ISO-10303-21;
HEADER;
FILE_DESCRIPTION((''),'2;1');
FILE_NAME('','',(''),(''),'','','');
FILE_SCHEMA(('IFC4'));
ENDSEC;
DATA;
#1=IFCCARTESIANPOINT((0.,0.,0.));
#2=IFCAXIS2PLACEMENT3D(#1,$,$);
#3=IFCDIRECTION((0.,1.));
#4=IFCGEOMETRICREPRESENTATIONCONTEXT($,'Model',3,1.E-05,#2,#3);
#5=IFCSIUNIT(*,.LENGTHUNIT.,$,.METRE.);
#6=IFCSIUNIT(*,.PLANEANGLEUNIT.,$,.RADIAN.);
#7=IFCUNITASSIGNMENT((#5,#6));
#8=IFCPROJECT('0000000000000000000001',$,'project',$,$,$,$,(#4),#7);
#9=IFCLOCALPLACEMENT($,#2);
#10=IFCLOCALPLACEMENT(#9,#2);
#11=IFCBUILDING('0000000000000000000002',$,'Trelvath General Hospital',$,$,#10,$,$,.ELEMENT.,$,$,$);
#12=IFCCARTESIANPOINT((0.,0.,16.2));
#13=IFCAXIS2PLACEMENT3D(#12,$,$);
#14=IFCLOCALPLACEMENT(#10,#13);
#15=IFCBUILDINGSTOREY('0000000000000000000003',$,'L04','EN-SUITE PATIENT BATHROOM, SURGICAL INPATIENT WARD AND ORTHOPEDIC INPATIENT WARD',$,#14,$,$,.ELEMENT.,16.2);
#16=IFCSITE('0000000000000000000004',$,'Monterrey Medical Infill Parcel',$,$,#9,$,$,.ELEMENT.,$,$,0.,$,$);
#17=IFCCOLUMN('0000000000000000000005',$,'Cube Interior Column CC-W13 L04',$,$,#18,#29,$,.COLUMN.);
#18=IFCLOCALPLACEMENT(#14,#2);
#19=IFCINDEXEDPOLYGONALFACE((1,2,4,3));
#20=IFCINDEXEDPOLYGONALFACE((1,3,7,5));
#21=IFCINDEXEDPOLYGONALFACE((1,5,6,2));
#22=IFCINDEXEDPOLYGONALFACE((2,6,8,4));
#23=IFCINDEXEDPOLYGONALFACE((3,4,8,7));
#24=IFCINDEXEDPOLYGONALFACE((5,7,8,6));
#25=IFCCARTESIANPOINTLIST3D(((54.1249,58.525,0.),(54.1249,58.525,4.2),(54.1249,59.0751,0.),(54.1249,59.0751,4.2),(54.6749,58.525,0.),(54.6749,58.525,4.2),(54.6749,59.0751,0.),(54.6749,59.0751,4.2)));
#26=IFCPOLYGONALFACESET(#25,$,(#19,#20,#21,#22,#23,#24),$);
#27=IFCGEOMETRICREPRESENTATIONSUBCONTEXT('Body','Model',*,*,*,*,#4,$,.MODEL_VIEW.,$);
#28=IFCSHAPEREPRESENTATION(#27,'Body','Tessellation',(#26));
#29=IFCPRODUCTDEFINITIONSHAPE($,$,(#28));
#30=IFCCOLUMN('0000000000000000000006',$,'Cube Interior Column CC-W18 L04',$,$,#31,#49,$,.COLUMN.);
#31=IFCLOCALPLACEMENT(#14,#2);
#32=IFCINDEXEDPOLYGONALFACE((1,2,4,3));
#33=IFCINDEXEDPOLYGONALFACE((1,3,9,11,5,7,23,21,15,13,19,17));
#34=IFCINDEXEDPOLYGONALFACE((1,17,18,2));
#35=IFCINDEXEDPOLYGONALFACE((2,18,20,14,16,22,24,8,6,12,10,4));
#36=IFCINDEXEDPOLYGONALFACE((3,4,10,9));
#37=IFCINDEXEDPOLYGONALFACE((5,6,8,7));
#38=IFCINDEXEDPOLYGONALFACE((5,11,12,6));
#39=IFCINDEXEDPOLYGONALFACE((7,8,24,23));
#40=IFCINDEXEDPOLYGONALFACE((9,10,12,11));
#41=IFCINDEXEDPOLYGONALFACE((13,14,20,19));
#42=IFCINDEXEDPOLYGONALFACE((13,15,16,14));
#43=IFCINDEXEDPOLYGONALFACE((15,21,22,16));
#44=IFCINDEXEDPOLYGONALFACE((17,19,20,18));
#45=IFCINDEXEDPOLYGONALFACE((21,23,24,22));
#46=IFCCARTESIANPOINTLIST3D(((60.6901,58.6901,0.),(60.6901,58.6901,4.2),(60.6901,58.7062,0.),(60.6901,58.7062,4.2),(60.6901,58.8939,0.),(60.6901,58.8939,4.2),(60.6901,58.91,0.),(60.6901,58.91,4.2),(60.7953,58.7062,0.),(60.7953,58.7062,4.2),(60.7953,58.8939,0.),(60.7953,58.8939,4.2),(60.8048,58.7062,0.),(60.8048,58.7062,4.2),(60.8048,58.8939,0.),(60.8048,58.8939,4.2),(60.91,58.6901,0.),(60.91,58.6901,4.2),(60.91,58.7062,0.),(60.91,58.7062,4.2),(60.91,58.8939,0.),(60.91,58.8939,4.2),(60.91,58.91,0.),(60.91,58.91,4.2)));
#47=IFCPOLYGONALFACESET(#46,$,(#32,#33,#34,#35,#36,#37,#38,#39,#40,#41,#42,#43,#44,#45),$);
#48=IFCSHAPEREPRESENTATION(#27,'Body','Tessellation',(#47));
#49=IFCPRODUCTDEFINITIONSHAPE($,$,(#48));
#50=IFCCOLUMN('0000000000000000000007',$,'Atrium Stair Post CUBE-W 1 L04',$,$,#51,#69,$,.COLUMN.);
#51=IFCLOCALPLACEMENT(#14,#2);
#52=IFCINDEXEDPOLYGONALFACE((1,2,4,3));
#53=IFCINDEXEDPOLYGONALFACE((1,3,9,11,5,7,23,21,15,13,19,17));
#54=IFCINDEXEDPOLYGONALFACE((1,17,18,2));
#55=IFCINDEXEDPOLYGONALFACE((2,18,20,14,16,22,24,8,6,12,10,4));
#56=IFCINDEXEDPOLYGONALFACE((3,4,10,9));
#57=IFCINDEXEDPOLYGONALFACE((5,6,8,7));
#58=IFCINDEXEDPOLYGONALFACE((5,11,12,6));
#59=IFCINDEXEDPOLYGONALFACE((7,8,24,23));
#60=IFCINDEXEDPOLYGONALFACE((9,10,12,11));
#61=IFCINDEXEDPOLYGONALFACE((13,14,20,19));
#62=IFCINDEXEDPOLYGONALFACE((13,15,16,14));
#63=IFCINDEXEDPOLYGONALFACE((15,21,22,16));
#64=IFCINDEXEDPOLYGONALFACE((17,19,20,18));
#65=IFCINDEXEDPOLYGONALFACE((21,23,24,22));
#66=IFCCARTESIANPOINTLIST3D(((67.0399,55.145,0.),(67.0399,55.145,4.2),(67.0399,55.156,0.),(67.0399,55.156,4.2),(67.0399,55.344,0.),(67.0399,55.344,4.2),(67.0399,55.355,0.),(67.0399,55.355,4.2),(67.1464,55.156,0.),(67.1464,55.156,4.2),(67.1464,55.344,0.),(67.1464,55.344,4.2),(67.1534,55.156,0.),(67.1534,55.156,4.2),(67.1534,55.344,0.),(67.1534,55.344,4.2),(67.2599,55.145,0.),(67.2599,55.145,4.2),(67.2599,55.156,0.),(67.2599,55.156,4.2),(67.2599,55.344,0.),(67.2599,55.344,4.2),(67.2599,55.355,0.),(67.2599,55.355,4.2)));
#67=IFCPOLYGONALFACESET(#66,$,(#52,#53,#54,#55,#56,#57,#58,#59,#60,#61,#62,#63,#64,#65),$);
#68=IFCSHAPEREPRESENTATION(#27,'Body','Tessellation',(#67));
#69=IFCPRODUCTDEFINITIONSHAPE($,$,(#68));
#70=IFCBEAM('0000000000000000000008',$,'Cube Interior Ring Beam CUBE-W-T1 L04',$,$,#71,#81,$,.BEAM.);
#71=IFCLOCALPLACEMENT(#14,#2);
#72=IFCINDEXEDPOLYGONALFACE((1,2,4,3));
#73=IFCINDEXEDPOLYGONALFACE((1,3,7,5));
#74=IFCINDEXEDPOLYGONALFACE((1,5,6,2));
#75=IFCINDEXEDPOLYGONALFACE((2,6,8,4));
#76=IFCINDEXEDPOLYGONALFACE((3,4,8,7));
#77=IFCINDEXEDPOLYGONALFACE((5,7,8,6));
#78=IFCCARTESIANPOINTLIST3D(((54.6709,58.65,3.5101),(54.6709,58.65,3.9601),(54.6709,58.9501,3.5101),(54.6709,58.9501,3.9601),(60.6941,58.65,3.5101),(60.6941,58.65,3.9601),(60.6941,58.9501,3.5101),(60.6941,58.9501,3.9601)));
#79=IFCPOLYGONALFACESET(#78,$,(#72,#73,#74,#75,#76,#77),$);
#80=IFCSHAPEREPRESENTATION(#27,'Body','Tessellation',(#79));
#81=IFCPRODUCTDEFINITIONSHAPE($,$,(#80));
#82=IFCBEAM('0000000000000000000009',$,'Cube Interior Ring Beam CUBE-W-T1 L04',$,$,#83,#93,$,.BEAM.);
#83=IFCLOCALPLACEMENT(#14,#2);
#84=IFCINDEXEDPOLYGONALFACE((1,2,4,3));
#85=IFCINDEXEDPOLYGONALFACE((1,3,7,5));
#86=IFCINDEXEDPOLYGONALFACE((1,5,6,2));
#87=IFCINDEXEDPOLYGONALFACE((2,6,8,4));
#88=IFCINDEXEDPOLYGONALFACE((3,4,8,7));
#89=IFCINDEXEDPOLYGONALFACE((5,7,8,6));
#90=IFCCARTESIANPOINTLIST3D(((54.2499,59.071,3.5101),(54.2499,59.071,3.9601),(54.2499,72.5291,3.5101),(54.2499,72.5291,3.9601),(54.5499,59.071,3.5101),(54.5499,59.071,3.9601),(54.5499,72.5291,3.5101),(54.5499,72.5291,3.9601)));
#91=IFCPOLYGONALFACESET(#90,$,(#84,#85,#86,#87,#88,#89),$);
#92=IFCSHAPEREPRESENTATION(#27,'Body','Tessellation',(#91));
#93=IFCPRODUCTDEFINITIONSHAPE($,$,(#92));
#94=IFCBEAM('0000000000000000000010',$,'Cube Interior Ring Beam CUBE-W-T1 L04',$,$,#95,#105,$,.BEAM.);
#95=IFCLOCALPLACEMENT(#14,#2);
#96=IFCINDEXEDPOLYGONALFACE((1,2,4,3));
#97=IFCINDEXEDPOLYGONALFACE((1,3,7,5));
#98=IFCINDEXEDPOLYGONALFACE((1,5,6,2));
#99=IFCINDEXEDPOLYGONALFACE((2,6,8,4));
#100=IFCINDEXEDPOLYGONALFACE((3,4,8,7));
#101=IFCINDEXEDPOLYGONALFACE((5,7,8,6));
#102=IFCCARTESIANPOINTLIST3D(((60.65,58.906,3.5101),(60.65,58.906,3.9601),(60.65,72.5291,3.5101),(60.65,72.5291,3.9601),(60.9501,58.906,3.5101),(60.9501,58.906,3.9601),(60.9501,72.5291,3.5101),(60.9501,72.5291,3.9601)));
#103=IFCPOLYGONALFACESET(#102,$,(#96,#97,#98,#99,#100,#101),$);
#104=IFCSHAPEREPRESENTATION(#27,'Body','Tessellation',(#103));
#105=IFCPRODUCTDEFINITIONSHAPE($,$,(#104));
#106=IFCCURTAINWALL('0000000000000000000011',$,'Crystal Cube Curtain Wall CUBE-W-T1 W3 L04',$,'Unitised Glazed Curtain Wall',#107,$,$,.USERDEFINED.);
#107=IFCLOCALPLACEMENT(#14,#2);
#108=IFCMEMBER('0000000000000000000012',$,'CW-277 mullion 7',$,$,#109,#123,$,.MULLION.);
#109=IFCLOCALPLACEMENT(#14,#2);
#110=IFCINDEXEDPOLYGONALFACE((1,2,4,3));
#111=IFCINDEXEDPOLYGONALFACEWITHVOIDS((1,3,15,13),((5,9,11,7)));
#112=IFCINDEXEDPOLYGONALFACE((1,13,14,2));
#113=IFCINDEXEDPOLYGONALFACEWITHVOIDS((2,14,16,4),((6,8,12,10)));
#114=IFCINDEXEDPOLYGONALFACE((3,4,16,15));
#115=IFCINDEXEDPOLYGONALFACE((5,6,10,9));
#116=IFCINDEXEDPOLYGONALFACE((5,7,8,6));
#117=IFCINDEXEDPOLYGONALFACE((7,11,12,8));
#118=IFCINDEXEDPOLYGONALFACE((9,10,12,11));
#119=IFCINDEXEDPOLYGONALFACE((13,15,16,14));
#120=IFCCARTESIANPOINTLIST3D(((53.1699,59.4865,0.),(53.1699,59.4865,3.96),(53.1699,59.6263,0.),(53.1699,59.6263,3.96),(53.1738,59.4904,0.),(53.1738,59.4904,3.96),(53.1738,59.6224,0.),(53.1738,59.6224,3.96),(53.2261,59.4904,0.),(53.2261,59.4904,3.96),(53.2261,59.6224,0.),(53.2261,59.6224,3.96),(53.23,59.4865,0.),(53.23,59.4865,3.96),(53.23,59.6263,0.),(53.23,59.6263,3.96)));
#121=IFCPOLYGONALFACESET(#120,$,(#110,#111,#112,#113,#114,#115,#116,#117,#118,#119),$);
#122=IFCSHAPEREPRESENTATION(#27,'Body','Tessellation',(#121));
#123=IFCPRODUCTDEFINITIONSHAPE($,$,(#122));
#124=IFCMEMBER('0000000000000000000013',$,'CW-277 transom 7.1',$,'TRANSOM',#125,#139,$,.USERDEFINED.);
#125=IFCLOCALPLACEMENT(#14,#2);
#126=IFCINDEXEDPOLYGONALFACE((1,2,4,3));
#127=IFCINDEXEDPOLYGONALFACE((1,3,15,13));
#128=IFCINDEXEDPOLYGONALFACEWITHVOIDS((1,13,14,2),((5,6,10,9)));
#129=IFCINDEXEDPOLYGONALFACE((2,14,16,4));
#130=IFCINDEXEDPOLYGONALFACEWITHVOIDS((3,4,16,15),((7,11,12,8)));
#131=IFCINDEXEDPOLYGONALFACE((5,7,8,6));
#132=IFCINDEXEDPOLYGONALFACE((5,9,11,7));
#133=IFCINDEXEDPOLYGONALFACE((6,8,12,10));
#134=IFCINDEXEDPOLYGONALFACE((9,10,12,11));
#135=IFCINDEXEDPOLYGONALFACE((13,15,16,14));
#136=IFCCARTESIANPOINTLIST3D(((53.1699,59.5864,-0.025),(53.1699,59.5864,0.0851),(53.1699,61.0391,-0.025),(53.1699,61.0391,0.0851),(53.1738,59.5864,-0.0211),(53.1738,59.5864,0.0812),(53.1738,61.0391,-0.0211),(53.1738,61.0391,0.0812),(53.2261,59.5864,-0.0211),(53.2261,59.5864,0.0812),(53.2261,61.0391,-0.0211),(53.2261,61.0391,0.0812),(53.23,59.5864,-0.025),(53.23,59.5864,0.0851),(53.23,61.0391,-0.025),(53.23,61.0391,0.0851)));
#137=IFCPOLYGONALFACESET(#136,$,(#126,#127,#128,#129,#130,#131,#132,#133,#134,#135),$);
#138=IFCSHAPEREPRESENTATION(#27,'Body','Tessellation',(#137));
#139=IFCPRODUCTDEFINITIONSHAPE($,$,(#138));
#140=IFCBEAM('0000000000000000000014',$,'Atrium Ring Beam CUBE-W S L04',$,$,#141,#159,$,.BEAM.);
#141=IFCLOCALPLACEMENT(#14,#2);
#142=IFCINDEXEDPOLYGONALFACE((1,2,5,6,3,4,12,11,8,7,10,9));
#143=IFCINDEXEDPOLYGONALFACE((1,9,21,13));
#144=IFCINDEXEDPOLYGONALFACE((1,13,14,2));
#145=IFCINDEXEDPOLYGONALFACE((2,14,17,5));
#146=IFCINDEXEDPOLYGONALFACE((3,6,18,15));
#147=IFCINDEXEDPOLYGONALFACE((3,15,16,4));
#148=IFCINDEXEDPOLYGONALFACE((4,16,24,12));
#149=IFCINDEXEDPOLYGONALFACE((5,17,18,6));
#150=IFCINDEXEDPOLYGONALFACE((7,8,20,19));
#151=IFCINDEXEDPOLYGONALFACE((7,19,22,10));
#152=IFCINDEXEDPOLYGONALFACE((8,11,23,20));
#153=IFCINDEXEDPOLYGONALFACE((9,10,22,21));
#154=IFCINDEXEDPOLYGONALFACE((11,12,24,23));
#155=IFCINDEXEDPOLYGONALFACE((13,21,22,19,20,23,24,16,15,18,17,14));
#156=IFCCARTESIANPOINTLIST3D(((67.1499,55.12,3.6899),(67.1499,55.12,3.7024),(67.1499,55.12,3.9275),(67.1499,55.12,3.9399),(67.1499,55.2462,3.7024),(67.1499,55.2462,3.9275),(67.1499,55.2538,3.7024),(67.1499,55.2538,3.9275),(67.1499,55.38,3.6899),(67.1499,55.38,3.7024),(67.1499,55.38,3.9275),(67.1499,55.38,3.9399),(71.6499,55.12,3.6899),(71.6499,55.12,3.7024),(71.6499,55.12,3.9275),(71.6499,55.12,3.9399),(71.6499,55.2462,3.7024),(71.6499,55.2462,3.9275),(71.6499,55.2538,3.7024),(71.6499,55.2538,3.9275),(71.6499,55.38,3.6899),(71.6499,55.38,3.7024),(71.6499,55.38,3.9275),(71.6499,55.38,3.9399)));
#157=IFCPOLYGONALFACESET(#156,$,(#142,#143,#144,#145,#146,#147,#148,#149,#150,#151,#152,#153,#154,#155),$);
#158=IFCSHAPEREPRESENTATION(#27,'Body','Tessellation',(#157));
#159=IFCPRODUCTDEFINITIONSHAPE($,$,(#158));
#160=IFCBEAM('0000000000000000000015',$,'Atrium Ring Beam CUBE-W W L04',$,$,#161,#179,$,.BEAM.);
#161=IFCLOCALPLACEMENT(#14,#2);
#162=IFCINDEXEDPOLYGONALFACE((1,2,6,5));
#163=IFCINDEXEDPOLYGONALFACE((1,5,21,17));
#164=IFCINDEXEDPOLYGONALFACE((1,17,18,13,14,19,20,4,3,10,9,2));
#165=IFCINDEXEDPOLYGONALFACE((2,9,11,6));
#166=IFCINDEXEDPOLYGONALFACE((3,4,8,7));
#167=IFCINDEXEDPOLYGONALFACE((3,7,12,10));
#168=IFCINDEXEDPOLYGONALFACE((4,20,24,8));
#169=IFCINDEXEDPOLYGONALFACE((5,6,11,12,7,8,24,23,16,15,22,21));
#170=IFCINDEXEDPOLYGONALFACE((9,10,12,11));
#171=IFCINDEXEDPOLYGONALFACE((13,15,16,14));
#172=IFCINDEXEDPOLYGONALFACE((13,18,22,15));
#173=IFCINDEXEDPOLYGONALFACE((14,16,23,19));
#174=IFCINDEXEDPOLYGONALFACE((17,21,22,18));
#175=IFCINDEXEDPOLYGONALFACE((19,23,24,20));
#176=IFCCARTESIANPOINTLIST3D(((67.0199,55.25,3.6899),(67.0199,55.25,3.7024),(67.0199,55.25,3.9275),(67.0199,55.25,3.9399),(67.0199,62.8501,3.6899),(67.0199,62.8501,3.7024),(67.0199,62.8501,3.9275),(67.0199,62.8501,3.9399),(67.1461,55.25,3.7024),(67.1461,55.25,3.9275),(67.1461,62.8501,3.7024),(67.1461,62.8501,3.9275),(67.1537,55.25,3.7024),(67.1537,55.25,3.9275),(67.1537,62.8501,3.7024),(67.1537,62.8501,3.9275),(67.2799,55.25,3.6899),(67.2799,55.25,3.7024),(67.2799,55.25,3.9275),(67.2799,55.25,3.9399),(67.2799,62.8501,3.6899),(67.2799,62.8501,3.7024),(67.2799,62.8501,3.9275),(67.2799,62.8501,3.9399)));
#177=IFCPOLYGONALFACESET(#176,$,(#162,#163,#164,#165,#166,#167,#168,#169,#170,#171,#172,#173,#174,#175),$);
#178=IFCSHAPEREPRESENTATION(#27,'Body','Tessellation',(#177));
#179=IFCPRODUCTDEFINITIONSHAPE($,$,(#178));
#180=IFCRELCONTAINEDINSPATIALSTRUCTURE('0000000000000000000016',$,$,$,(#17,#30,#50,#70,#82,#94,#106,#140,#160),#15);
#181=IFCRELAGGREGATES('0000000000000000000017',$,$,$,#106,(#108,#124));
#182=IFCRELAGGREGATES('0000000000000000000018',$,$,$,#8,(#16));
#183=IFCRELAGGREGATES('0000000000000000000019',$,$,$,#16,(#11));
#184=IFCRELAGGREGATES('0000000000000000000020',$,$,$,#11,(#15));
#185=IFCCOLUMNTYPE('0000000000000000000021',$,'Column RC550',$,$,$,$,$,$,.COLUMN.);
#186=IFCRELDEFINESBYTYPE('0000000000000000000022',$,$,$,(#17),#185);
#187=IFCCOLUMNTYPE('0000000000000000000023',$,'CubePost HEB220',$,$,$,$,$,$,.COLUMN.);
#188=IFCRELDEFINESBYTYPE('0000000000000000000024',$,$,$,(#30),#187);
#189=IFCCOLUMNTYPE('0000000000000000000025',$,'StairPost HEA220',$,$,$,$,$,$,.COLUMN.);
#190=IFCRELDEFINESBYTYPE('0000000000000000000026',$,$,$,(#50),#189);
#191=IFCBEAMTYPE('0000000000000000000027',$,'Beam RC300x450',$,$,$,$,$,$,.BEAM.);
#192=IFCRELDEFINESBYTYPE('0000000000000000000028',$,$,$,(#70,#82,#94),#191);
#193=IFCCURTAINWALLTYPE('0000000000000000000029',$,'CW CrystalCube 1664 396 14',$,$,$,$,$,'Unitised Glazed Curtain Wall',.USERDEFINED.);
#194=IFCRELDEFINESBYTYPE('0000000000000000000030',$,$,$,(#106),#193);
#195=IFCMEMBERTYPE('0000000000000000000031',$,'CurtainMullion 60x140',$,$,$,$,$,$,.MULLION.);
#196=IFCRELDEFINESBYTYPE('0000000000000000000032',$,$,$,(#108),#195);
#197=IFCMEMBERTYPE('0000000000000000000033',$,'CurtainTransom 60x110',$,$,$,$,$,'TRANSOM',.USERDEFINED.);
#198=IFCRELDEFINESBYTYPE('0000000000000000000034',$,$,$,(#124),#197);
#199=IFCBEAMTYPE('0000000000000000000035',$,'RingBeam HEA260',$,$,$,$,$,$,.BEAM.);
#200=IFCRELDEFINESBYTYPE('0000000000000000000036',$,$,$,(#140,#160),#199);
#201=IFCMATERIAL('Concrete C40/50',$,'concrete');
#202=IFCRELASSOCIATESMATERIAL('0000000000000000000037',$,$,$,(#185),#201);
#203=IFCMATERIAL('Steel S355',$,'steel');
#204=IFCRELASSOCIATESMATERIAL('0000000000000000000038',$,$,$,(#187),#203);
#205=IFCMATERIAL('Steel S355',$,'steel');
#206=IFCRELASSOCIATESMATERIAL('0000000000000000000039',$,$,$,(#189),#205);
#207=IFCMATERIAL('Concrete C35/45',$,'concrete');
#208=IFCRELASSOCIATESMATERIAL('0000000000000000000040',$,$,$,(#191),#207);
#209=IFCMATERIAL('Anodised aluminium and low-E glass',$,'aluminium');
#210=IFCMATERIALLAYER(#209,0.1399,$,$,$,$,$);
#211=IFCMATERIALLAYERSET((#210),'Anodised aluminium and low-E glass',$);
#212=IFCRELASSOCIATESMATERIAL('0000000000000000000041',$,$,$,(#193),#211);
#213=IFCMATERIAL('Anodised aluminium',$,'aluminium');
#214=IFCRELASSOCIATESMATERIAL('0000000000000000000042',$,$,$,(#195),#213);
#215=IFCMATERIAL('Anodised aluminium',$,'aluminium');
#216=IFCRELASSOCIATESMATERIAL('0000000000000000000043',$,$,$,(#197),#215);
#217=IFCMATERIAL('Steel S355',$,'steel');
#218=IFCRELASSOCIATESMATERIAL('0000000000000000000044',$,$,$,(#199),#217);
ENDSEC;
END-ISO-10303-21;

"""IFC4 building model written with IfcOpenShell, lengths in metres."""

from ifc_helpers import new_model, si_unit, direction, frame, origin, origin_2d, place, context, subcontext, project, spatial, rectangle, hollow_rectangle, i_section, extrude, material, layer, layer_set, material_profile, profile_set, type_object, element, aggregate, save


model = new_model("IFC4")

# Units and contexts
model_context = context("Model", 3, precision=1e-05, world=origin(), true_north=direction((0.0, 1.0)))
body_context = subcontext(model_context, "Body", "Model", "MODEL_VIEW")
ifc_project = project(units=[si_unit("LENGTHUNIT", "METRE"), si_unit("PLANEANGLEUNIT", "RADIAN")], contexts=[model_context])

# Site, building, storey
site_placement = place(None, origin())
site = spatial("IfcSite", under=ifc_project, at=site_placement, Name="Monterrey Medical Infill Parcel", CompositionType="ELEMENT", RefElevation=0.0)
building_placement = place(site_placement, origin())
building = spatial("IfcBuilding", under=site, at=building_placement, Name="Trelvath General Hospital", CompositionType="ELEMENT")
storey_placement = place(building_placement, frame((0.0, 0.0, 16.2)))
storey = spatial("IfcBuildingStorey", under=building, at=storey_placement, Name="L04", Description="EN-SUITE PATIENT BATHROOM, SURGICAL INPATIENT WARD AND ORTHOPEDIC INPATIENT WARD", CompositionType="ELEMENT", Elevation=16.2)

# Columns
ifc_material_1 = material(Name="Concrete C40/50", Category="concrete")
ifc_material_profile_1 = material_profile(ifc_material_1, rectangle(XDim=0.55, YDim=0.55, at=origin_2d()), Name="RC550x550")
ifc_profile_set_1 = profile_set([ifc_material_profile_1], Name="Concrete C40/50")
column_type_1 = type_object("IfcColumnType", Name="Column RC550", PredefinedType="COLUMN", material=ifc_profile_set_1)
column_1_placement = place(storey_placement, frame((54.3999, 58.8, 0.0), z_axis=(0.0, 0.0, 1.0), x_axis=(1.0, 0.0, 0.0)))
element("IfcColumn", 1, at=column_1_placement, inside=storey, type_object=column_type_1, Name="Cube Interior Column CC-W13 L04", PredefinedType="COLUMN", context=body_context, shape_type="SweptSolid", body=[
    extrude(rectangle(XDim=0.55, YDim=0.55, at=origin_2d()), origin(), (0.0, 0.0, 1.0), 4.2),
])
ifc_material_2 = material(Name="Steel S355", Category="steel")
ifc_material_profile_2 = material_profile(ifc_material_2, i_section(OverallWidth=0.22, OverallDepth=0.22, WebThickness=0.0095, FlangeThickness=0.0161, at=origin_2d()), Name="HEB220")
ifc_profile_set_2 = profile_set([ifc_material_profile_2], Name="Steel S355")
column_type_2 = type_object("IfcColumnType", Name="CubePost HEB220", PredefinedType="COLUMN", material=ifc_profile_set_2)
column_2_placement = place(storey_placement, frame((60.8, 58.8, 0.0), z_axis=(0.0, 0.0, 1.0), x_axis=(1.0, 0.0, 0.0)))
element("IfcColumn", 2, at=column_2_placement, inside=storey, type_object=column_type_2, Name="Cube Interior Column CC-W18 L04", PredefinedType="COLUMN", context=body_context, shape_type="SweptSolid", body=[
    extrude(i_section(OverallWidth=0.22, OverallDepth=0.22, WebThickness=0.0095, FlangeThickness=0.0161, at=origin_2d()), origin(), (0.0, 0.0, 1.0), 4.2),
])
ifc_material_3 = material(Name="Steel S355", Category="steel")
ifc_material_profile_3 = material_profile(ifc_material_3, i_section(OverallWidth=0.22, OverallDepth=0.21, WebThickness=0.0071, FlangeThickness=0.011, at=origin_2d()), Name="HEA220")
ifc_profile_set_3 = profile_set([ifc_material_profile_3], Name="Steel S355")
column_type_3 = type_object("IfcColumnType", Name="StairPost HEA220", PredefinedType="COLUMN", material=ifc_profile_set_3)
column_3_placement = place(storey_placement, frame((67.1499, 55.25, 0.0), z_axis=(0.0, 0.0, 1.0), x_axis=(1.0, 0.0, 0.0)))
element("IfcColumn", 3, at=column_3_placement, inside=storey, type_object=column_type_3, Name="Atrium Stair Post CUBE-W 1 L04", PredefinedType="COLUMN", context=body_context, shape_type="SweptSolid", body=[
    extrude(i_section(OverallWidth=0.22, OverallDepth=0.21, WebThickness=0.0071, FlangeThickness=0.011, at=origin_2d()), origin(), (0.0, 0.0, 1.0), 4.2),
])

# Beams
ifc_material_4 = material(Name="Concrete C35/45", Category="concrete")
ifc_material_profile_4 = material_profile(ifc_material_4, rectangle(XDim=0.3, YDim=0.45, at=origin_2d()), Name="RCB300x450")
ifc_profile_set_4 = profile_set([ifc_material_profile_4], Name="Concrete C35/45")
beam_type_1 = type_object("IfcBeamType", Name="Beam RC300x450", PredefinedType="BEAM", material=ifc_profile_set_4)
beam_1_placement = place(storey_placement, frame((54.6709, 58.8, 3.7351), z_axis=(1.0, 0.0, 0.0), x_axis=(0.0, 1.0, 0.0)))
element("IfcBeam", 4, at=beam_1_placement, inside=storey, type_object=beam_type_1, Name="Cube Interior Ring Beam CUBE-W-T1 L04", PredefinedType="BEAM", context=body_context, shape_type="SweptSolid", body=[
    extrude(rectangle(XDim=0.3, YDim=0.45, at=origin_2d()), origin(), (0.0, 0.0, 1.0), 6.0232),
])
beam_2_placement = place(storey_placement, frame((54.3999, 59.071, 3.7351), z_axis=(0.0, 1.0, 0.0), x_axis=(-1.0, 0.0, 0.0)))
element("IfcBeam", 5, at=beam_2_placement, inside=storey, type_object=beam_type_1, Name="Cube Interior Ring Beam CUBE-W-T1 L04", PredefinedType="BEAM", context=body_context, shape_type="SweptSolid", body=[
    extrude(rectangle(XDim=0.3, YDim=0.45, at=origin_2d()), origin(), (0.0, 0.0, 1.0), 13.458),
])
beam_3_placement = place(storey_placement, frame((60.8, 58.906, 3.7351), z_axis=(0.0, 1.0, 0.0), x_axis=(-1.0, 0.0, 0.0)))
element("IfcBeam", 6, at=beam_3_placement, inside=storey, type_object=beam_type_1, Name="Cube Interior Ring Beam CUBE-W-T1 L04", PredefinedType="BEAM", context=body_context, shape_type="SweptSolid", body=[
    extrude(rectangle(XDim=0.3, YDim=0.45, at=origin_2d()), origin(), (0.0, 0.0, 1.0), 13.623),
])

# Curtain wall, members
ifc_material_5 = material(Name="Anodised aluminium and low-E glass", Category="aluminium")
ifc_layer_1 = layer(ifc_material_5, 0.1399)
ifc_layer_set_1 = layer_set([ifc_layer_1], Name="Anodised aluminium and low-E glass")
curtain_wall_type = type_object("IfcCurtainWallType", Name="CW CrystalCube 1664 396 14", ElementType="Unitised Glazed Curtain Wall", PredefinedType="USERDEFINED", material=ifc_layer_set_1)
curtain_wall_placement = place(storey_placement, origin())
curtain_wall = element("IfcCurtainWall", 7, at=curtain_wall_placement, inside=storey, type_object=curtain_wall_type, Name="Crystal Cube Curtain Wall CUBE-W-T1 W3 L04", ObjectType="Unitised Glazed Curtain Wall", PredefinedType="USERDEFINED")
ifc_material_6 = material(Name="Anodised aluminium", Category="aluminium")
ifc_material_profile_5 = material_profile(ifc_material_6, hollow_rectangle(XDim=0.0601, YDim=0.1399, WallThickness=0.0039, at=origin_2d()), Name="RHS60x140x4")
ifc_profile_set_5 = profile_set([ifc_material_profile_5], Name="Anodised aluminium")
member_type_1 = type_object("IfcMemberType", Name="CurtainMullion 60x140", PredefinedType="MULLION", material=ifc_profile_set_5)
member_1_placement = place(storey_placement, frame((53.2, 59.5564, 0.0), z_axis=(0.0, 0.0, 1.0), x_axis=(-1.0, 0.0, 0.0)))
member_1 = element("IfcMember", 8, at=member_1_placement, type_object=member_type_1, Name="CW-277 mullion 7", PredefinedType="MULLION", context=body_context, shape_type="SweptSolid", body=[
    extrude(hollow_rectangle(XDim=0.0601, YDim=0.1399, WallThickness=0.0039, at=origin_2d()), origin(), (0.0, 0.0, 1.0), 3.96),
])
ifc_material_7 = material(Name="Anodised aluminium", Category="aluminium")
ifc_material_profile_6 = material_profile(ifc_material_7, hollow_rectangle(XDim=0.0601, YDim=0.1101, WallThickness=0.0039, at=origin_2d()), Name="RHS60x110x4")
ifc_profile_set_6 = profile_set([ifc_material_profile_6], Name="Anodised aluminium")
member_type_2 = type_object("IfcMemberType", Name="CurtainTransom 60x110", ElementType="TRANSOM", PredefinedType="USERDEFINED", material=ifc_profile_set_6)
member_2_placement = place(storey_placement, frame((53.2, 59.5864, 0.03), z_axis=(0.0, 1.0, 0.0), x_axis=(-1.0, 0.0, 0.0)))
member_2 = element("IfcMember", 9, at=member_2_placement, type_object=member_type_2, Name="CW-277 transom 7.1", ObjectType="TRANSOM", PredefinedType="USERDEFINED", context=body_context, shape_type="SweptSolid", body=[
    extrude(hollow_rectangle(XDim=0.0601, YDim=0.1101, WallThickness=0.0039, at=origin_2d()), origin(), (0.0, 0.0, 1.0), 1.4526),
])

# Beams
ifc_material_8 = material(Name="Steel S355", Category="steel")
ifc_material_profile_7 = material_profile(ifc_material_8, i_section(OverallWidth=0.26, OverallDepth=0.25, WebThickness=0.0076, FlangeThickness=0.0125, at=origin_2d()), Name="HEA260")
ifc_profile_set_7 = profile_set([ifc_material_profile_7], Name="Steel S355")
beam_type_2 = type_object("IfcBeamType", Name="RingBeam HEA260", PredefinedType="BEAM", material=ifc_profile_set_7)
beam_4_placement = place(storey_placement, frame((67.1499, 55.25, 3.8149), z_axis=(1.0, 0.0, 0.0), x_axis=(0.0, 1.0, 0.0)))
element("IfcBeam", 10, at=beam_4_placement, inside=storey, type_object=beam_type_2, Name="Atrium Ring Beam CUBE-W S L04", PredefinedType="BEAM", context=body_context, shape_type="SweptSolid", body=[
    extrude(i_section(OverallWidth=0.26, OverallDepth=0.25, WebThickness=0.0076, FlangeThickness=0.0125, at=origin_2d()), origin(), (0.0, 0.0, 1.0), 4.5),
])
beam_5_placement = place(storey_placement, frame((67.1499, 55.25, 3.8149), z_axis=(0.0, 1.0, 0.0), x_axis=(-1.0, 0.0, 0.0)))
element("IfcBeam", 11, at=beam_5_placement, inside=storey, type_object=beam_type_2, Name="Atrium Ring Beam CUBE-W W L04", PredefinedType="BEAM", context=body_context, shape_type="SweptSolid", body=[
    extrude(i_section(OverallWidth=0.26, OverallDepth=0.25, WebThickness=0.0076, FlangeThickness=0.0125, at=origin_2d()), origin(), (0.0, 0.0, 1.0), 7.6001),
])

aggregate(curtain_wall, [member_1, member_2])

save(model, "model.ifc")
